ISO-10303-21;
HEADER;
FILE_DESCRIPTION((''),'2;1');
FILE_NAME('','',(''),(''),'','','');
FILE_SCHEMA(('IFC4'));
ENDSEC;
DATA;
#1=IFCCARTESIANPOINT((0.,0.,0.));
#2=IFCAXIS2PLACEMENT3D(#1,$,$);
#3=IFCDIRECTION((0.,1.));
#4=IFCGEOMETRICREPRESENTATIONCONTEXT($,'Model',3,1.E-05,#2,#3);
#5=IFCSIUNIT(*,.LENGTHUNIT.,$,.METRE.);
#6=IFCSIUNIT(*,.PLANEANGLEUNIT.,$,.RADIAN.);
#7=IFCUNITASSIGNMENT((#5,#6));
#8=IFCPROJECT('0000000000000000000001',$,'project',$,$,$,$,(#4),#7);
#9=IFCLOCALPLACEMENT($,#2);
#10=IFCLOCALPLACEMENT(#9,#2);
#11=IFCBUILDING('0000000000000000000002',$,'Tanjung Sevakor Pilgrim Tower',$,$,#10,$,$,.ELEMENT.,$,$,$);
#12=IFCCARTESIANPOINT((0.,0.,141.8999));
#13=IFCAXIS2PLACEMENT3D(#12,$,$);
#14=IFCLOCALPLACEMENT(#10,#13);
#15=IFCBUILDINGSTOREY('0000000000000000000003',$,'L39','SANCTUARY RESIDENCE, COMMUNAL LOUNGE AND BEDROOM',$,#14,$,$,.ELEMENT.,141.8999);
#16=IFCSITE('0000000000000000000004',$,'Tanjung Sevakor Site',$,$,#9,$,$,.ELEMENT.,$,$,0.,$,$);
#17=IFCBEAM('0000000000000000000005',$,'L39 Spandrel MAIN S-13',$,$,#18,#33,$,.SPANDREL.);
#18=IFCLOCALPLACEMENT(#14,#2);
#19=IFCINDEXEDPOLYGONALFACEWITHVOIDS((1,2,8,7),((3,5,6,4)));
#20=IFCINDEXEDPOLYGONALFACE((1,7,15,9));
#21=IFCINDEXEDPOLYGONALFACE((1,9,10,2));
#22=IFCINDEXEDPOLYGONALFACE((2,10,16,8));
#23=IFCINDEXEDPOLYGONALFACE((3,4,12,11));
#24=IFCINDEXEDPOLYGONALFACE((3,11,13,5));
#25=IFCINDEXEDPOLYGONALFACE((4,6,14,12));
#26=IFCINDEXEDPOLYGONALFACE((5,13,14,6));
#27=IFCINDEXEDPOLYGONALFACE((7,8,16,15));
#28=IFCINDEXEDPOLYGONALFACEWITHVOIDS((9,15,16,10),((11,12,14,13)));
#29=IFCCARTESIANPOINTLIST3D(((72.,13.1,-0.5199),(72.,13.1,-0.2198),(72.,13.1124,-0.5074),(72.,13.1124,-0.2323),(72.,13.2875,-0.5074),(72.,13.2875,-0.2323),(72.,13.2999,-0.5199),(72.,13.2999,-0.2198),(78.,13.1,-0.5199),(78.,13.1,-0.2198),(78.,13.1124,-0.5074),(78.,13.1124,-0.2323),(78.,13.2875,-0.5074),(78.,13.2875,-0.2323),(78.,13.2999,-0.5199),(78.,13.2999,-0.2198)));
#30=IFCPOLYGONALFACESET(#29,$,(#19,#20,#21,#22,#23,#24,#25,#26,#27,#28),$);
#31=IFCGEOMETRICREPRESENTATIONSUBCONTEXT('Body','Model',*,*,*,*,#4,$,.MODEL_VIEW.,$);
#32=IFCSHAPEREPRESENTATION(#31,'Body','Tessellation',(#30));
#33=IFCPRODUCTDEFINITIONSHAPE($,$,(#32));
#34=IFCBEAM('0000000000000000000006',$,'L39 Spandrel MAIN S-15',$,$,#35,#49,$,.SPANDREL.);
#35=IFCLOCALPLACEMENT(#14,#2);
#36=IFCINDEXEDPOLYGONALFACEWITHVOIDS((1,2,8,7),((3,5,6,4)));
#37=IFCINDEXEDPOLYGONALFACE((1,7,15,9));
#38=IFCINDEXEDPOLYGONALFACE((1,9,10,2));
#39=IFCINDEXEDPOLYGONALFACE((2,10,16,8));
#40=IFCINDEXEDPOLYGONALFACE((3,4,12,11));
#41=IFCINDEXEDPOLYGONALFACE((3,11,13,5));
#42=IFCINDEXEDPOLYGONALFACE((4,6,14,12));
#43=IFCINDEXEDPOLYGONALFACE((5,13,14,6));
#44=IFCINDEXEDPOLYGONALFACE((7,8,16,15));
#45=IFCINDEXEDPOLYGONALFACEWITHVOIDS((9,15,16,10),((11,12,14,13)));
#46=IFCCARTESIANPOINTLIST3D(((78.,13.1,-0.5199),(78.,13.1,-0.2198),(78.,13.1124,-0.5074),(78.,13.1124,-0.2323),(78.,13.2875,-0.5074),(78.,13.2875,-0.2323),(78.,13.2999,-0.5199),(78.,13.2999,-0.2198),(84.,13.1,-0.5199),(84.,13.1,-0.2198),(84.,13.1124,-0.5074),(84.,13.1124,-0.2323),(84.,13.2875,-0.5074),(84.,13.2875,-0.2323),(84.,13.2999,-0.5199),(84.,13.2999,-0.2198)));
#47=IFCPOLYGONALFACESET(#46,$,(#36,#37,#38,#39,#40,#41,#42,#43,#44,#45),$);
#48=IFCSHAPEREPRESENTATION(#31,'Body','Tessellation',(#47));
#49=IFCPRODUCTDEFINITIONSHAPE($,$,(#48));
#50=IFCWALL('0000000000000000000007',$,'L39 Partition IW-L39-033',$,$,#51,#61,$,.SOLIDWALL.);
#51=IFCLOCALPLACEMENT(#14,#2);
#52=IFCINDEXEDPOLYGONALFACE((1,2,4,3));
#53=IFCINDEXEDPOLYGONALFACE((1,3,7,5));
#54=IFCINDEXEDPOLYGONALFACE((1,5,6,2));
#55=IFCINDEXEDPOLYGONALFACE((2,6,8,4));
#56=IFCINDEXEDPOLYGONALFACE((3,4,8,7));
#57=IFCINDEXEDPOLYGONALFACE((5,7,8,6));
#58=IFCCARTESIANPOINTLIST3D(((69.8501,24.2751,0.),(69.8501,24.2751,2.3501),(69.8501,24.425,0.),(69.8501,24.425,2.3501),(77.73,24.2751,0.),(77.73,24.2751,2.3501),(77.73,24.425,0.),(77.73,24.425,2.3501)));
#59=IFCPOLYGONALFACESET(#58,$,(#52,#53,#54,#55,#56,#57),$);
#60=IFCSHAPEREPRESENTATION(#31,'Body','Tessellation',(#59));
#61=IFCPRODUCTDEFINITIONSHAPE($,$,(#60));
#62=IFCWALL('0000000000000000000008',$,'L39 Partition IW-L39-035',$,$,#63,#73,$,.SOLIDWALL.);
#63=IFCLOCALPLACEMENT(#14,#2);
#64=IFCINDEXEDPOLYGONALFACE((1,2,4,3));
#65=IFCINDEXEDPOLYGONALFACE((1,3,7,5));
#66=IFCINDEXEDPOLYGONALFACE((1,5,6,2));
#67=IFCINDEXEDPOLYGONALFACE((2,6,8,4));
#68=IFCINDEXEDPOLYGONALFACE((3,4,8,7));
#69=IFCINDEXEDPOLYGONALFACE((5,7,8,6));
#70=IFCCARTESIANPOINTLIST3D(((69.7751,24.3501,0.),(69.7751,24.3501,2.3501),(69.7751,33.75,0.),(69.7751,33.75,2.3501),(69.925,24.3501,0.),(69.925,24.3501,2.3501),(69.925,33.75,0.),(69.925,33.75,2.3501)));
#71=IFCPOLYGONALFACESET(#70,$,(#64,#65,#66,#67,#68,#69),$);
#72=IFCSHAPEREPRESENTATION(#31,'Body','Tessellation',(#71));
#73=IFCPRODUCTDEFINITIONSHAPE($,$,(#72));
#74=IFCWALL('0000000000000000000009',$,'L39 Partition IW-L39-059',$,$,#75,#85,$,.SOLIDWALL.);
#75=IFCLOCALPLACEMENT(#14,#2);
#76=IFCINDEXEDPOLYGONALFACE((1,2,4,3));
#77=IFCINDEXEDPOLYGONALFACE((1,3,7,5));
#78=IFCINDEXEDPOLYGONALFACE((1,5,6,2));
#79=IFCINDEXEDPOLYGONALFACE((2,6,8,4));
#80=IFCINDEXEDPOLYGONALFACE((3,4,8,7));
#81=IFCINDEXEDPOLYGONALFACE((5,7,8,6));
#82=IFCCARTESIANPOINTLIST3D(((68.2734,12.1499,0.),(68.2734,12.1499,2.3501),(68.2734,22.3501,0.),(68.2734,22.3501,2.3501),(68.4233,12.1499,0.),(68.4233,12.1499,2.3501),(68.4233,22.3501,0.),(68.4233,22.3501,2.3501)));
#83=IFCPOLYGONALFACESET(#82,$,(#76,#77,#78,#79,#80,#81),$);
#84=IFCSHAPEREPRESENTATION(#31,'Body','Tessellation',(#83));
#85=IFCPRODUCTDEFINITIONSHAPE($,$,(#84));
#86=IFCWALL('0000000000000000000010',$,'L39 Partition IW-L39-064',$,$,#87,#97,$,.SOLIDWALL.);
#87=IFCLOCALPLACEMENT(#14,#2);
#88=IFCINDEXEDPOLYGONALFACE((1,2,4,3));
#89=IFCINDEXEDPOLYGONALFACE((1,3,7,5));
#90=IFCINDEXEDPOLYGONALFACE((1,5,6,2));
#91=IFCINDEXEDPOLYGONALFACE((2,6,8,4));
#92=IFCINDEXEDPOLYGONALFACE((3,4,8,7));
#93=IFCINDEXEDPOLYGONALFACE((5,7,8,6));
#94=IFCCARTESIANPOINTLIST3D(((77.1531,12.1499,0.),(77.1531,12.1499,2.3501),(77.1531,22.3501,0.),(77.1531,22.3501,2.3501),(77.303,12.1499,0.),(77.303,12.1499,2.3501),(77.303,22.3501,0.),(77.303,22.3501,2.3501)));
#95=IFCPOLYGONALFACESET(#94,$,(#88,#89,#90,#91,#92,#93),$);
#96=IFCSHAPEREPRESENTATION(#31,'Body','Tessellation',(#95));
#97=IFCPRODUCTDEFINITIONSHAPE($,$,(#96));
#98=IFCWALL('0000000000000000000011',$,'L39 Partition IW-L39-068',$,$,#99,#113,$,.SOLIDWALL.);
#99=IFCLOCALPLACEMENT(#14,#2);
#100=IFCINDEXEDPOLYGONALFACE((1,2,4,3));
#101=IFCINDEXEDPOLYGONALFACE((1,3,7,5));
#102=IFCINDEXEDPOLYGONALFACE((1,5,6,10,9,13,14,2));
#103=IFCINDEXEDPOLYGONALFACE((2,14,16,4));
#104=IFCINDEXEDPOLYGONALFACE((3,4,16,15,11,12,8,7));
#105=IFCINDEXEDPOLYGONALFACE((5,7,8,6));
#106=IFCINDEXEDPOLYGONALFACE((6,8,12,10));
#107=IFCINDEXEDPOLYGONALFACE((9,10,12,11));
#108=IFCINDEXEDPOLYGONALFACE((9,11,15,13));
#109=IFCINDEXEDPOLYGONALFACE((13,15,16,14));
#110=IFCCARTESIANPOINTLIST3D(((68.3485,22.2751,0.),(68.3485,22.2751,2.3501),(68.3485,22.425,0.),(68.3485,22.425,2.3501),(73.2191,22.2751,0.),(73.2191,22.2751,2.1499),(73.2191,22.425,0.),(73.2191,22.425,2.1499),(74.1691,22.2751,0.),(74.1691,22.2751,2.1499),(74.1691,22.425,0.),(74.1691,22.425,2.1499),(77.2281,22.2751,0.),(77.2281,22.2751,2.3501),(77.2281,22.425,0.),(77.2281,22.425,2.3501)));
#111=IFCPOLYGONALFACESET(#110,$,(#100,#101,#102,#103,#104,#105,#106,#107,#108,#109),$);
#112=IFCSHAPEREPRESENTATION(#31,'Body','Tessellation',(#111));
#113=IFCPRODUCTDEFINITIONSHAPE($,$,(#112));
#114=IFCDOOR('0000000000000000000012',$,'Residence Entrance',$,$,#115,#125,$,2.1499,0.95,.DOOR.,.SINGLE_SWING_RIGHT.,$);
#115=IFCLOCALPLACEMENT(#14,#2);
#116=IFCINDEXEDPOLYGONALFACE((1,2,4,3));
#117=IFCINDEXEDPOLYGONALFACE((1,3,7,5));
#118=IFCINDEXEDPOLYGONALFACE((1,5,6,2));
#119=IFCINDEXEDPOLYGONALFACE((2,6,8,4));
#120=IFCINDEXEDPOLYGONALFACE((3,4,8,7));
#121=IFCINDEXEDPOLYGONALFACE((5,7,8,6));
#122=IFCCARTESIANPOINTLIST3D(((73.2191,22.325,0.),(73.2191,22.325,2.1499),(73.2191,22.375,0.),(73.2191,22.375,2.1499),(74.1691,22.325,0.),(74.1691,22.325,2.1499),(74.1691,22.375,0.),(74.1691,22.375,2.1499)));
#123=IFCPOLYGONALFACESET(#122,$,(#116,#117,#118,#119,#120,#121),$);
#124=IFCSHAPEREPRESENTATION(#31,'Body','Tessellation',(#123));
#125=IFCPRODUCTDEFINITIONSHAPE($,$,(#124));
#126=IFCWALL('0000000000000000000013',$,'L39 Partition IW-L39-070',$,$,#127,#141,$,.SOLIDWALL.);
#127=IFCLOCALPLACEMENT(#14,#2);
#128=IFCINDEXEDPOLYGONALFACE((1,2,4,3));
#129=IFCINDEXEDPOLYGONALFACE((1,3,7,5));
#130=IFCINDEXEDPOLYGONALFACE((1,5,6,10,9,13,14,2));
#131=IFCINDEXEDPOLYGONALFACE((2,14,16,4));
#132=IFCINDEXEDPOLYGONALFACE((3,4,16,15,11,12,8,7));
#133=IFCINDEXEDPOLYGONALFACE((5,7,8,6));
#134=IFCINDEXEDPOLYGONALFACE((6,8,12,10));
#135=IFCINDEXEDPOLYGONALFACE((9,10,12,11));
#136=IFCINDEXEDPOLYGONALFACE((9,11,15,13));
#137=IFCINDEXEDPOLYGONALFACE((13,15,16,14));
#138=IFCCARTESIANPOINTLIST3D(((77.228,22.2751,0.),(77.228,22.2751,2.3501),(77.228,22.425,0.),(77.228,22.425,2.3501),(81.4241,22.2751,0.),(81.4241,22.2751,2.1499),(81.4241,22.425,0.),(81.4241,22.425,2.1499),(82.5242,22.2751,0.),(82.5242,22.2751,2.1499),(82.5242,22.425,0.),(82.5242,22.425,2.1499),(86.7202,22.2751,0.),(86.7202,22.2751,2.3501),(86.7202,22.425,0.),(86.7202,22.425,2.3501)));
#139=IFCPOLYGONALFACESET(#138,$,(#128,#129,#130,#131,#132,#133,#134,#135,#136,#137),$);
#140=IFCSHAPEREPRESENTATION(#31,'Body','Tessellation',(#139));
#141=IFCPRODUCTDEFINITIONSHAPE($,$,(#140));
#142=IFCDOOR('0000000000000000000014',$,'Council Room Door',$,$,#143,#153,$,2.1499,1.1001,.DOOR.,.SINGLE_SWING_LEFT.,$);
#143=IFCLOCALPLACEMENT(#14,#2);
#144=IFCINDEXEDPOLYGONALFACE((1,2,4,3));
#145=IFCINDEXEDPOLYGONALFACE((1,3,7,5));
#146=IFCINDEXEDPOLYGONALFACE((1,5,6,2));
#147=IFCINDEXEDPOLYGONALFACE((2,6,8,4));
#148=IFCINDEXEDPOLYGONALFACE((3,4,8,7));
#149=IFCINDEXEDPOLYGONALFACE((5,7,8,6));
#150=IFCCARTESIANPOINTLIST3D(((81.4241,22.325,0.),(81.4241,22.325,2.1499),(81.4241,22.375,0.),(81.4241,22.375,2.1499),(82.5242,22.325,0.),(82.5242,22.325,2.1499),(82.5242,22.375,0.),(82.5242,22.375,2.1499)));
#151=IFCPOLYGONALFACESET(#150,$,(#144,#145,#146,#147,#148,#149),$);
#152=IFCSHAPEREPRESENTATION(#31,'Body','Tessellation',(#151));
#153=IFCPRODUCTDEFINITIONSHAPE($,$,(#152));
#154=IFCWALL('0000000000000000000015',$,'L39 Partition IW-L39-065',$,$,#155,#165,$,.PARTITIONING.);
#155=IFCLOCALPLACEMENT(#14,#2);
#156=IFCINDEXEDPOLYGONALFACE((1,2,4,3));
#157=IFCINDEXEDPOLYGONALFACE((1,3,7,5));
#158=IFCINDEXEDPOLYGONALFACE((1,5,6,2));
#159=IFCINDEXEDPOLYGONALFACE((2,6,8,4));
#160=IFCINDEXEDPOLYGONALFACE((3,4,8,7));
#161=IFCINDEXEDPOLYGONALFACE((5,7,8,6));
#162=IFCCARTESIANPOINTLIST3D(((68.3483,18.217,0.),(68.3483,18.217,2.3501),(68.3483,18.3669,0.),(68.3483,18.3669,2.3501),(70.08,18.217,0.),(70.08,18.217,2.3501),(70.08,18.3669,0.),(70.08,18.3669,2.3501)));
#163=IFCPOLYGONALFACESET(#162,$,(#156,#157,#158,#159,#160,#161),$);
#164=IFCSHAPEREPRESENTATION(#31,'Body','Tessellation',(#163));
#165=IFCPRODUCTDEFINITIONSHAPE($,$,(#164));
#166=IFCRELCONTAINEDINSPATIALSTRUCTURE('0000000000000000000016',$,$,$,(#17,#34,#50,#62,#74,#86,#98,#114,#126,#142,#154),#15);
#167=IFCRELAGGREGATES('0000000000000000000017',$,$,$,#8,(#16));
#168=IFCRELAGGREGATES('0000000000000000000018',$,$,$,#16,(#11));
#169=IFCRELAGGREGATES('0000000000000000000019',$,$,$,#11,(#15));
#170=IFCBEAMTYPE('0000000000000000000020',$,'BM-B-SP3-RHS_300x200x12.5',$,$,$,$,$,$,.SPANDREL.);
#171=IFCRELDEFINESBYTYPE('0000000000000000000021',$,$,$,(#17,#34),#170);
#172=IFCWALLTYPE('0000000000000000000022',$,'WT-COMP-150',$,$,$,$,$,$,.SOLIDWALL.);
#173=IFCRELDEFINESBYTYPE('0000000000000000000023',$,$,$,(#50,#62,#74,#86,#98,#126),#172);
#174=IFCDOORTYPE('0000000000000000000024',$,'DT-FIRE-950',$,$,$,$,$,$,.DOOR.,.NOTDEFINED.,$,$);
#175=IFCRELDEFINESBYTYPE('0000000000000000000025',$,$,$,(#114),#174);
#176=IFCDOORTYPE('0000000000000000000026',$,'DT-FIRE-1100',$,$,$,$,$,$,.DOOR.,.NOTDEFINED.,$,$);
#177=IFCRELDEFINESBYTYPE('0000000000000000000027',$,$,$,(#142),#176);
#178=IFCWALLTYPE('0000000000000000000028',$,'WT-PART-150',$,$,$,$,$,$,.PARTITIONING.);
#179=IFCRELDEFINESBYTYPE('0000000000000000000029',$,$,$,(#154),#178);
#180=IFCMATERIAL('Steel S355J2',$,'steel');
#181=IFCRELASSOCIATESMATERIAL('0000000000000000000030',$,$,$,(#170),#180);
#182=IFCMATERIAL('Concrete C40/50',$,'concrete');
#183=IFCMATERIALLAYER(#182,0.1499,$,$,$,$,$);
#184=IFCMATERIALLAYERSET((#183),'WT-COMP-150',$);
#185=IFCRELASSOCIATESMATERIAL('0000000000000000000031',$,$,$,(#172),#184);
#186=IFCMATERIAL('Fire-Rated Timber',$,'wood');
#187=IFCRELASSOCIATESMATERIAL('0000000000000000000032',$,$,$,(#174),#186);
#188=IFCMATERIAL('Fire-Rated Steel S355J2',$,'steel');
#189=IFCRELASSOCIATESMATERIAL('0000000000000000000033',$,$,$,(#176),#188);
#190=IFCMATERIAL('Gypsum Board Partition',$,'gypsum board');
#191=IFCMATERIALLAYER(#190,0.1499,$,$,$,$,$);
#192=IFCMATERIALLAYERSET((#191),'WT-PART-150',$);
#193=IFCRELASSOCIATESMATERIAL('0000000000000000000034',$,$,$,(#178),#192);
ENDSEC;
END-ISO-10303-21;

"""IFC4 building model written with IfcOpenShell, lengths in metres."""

from ifc_helpers import new_model, si_unit, direction, frame, frame_2d, origin, origin_2d, place, context, subcontext, project, spatial, rectangle, hollow_rectangle, extrude, material, layer, layer_set, material_profile, profile_set, type_object, element, fill, save


model = new_model("IFC4")

# Units and contexts
model_context = context("Model", 3, precision=1e-05, world=origin(), true_north=direction((0.0, 1.0)))
body_context = subcontext(model_context, "Body", "Model", "MODEL_VIEW")
ifc_project = project(units=[si_unit("LENGTHUNIT", "METRE"), si_unit("PLANEANGLEUNIT", "RADIAN")], contexts=[model_context])

# Site, building, storey
site_placement = place(None, origin())
site = spatial("IfcSite", under=ifc_project, at=site_placement, Name="Tanjung Sevakor Site", CompositionType="ELEMENT", RefElevation=0.0)
building_placement = place(site_placement, origin())
building = spatial("IfcBuilding", under=site, at=building_placement, Name="Tanjung Sevakor Pilgrim Tower", CompositionType="ELEMENT")
storey_placement = place(building_placement, frame((0.0, 0.0, 141.8999)))
storey = spatial("IfcBuildingStorey", under=building, at=storey_placement, Name="L39", Description="SANCTUARY RESIDENCE, COMMUNAL LOUNGE AND BEDROOM", CompositionType="ELEMENT", Elevation=141.8999)

# Beams
ifc_material_1 = material(Name="Steel S355J2", Category="steel")
ifc_material_profile_1 = material_profile(ifc_material_1, hollow_rectangle(XDim=0.2, YDim=0.3, WallThickness=0.0125, at=origin_2d()))
ifc_profile_set_1 = profile_set([ifc_material_profile_1], Name="Steel S355J2")
beam_type_1 = type_object("IfcBeamType", Name="BM-B-SP3-RHS_300x200x12.5", PredefinedType="SPANDREL", material=ifc_profile_set_1)
for number, where, z_axis, x_axis, name in (
    (1, (72.0, 13.2, -0.3699), (1.0, 0.0, 0.0), (0.0, 1.0, 0.0), "L39 Spandrel MAIN S-13"),
    (2, (78.0, 13.2, -0.3699), (1.0, 0.0, 0.0), (0.0, 1.0, 0.0), "L39 Spandrel MAIN S-15"),
):
    element("IfcBeam", number, at=place(storey_placement, frame(where, z_axis=z_axis, x_axis=x_axis)), inside=storey, type_object=beam_type_1, Name=name, PredefinedType="SPANDREL", context=body_context, shape_type="SweptSolid", body=[
        extrude(hollow_rectangle(XDim=0.2, YDim=0.3, WallThickness=0.0125, at=origin_2d()), origin(), (0.0, 0.0, 1.0), 6.0),
    ])

# Walls
ifc_material_2 = material(Name="Concrete C40/50", Category="concrete")
ifc_layer_1 = layer(ifc_material_2, 0.1499)
ifc_layer_set_1 = layer_set([ifc_layer_1], Name="WT-COMP-150")
wall_type_1 = type_object("IfcWallType", Name="WT-COMP-150", PredefinedType="SOLIDWALL", material=ifc_layer_set_1)
wall_1_placement = place(storey_placement, frame((69.8501, 24.3501, 0.0), z_axis=(0.0, 0.0, 1.0), x_axis=(1.0, 0.0, 0.0)))
element("IfcWall", 3, at=wall_1_placement, inside=storey, type_object=wall_type_1, Name="L39 Partition IW-L39-033", PredefinedType="SOLIDWALL", context=body_context, shape_type="SweptSolid", body=[
    extrude(rectangle(XDim=7.8799, YDim=0.1499, at=frame_2d((3.9399, 0.0))), origin(), (0.0, 0.0, 1.0), 2.3501),
])
wall_2_placement = place(storey_placement, frame((69.8501, 24.3501, 0.0), z_axis=(0.0, 0.0, 1.0), x_axis=(0.0, 1.0, 0.0)))
element("IfcWall", 4, at=wall_2_placement, inside=storey, type_object=wall_type_1, Name="L39 Partition IW-L39-035", PredefinedType="SOLIDWALL", context=body_context, shape_type="SweptSolid", body=[
    extrude(rectangle(XDim=9.3999, YDim=0.1499, at=frame_2d((4.7, 0.0))), origin(), (0.0, 0.0, 1.0), 2.3501),
])
for number, where, z_axis, x_axis, name in (
    (5, (68.3484, 12.1499, 0.0), (0.0, 0.0, 1.0), (0.0, 1.0, 0.0), "L39 Partition IW-L39-059"),
    (6, (77.228, 12.1499, 0.0), (0.0, 0.0, 1.0), (0.0, 1.0, 0.0), "L39 Partition IW-L39-064"),
):
    element("IfcWall", number, at=place(storey_placement, frame(where, z_axis=z_axis, x_axis=x_axis)), inside=storey, type_object=wall_type_1, Name=name, PredefinedType="SOLIDWALL", context=body_context, shape_type="SweptSolid", body=[
        extrude(rectangle(XDim=10.2002, YDim=0.1499, at=frame_2d((5.1001, 0.0))), origin(), (0.0, 0.0, 1.0), 2.3501),
    ])

# Walls, openings, doors
wall_3_placement = place(storey_placement, frame((68.3484, 22.3501, 0.0), z_axis=(0.0, 0.0, 1.0), x_axis=(1.0, 0.0, 0.0)))
wall_3 = element("IfcWall", 7, at=wall_3_placement, inside=storey, type_object=wall_type_1, Name="L39 Partition IW-L39-068", PredefinedType="SOLIDWALL", context=body_context, shape_type="SweptSolid", body=[
    extrude(rectangle(XDim=8.8796, YDim=0.1499, at=frame_2d((4.4399, 0.0))), origin(), (0.0, 0.0, 1.0), 2.3501),
])
opening_1_placement = place(wall_3_placement, frame((4.8706, 0.0, 0.0)))
opening_1 = element("IfcOpeningElement", 8, at=opening_1_placement, cuts=wall_3, PredefinedType="OPENING", context=body_context, shape_type="SweptSolid", body=[
    extrude(rectangle(XDim=0.95, YDim=2.1499, at=frame_2d((0.4751, 1.075))), frame((0.0, 0.085, 0.0), z_axis=(0.0, -1.0, 0.0), x_axis=(1.0, 0.0, 0.0)), (0.0, 0.0, 1.0), 0.1699),
])
ifc_material_3 = material(Name="Fire-Rated Timber", Category="wood")
door_type_1 = type_object("IfcDoorType", Name="DT-FIRE-950", OperationType="NOTDEFINED", PredefinedType="DOOR", material=ifc_material_3)
door_1_placement = place(opening_1_placement, origin())
door_1 = element("IfcDoor", 9, at=door_1_placement, inside=storey, type_object=door_type_1, Name="Residence Entrance", OperationType="SINGLE_SWING_RIGHT", OverallHeight=2.1499, OverallWidth=0.95, PredefinedType="DOOR", context=body_context, shape_type="SweptSolid", body=[
    extrude(rectangle(XDim=0.95, YDim=2.1499, at=frame_2d((0.4751, 1.075))), frame((0.0, 0.0249, 0.0), z_axis=(0.0, -1.0, 0.0), x_axis=(1.0, 0.0, 0.0)), (0.0, 0.0, 1.0), 0.05),
])
fill(opening_1, door_1)
wall_4_placement = place(storey_placement, frame((77.228, 22.3501, 0.0), z_axis=(0.0, 0.0, 1.0), x_axis=(1.0, 0.0, 0.0)))
wall_4 = element("IfcWall", 10, at=wall_4_placement, inside=storey, type_object=wall_type_1, Name="L39 Partition IW-L39-070", PredefinedType="SOLIDWALL", context=body_context, shape_type="SweptSolid", body=[
    extrude(rectangle(XDim=9.4922, YDim=0.1499, at=frame_2d((4.7461, 0.0))), origin(), (0.0, 0.0, 1.0), 2.3501),
])
opening_2_placement = place(wall_4_placement, frame((4.196, 0.0, 0.0)))
opening_2 = element("IfcOpeningElement", 11, at=opening_2_placement, cuts=wall_4, PredefinedType="OPENING", context=body_context, shape_type="SweptSolid", body=[
    extrude(rectangle(XDim=1.1001, YDim=2.1499, at=frame_2d((0.55, 1.075))), frame((0.0, 0.085, 0.0), z_axis=(0.0, -1.0, 0.0), x_axis=(1.0, 0.0, 0.0)), (0.0, 0.0, 1.0), 0.1699),
])
ifc_material_4 = material(Name="Fire-Rated Steel S355J2", Category="steel")
door_type_2 = type_object("IfcDoorType", Name="DT-FIRE-1100", OperationType="NOTDEFINED", PredefinedType="DOOR", material=ifc_material_4)
door_2_placement = place(opening_2_placement, origin())
door_2 = element("IfcDoor", 12, at=door_2_placement, inside=storey, type_object=door_type_2, Name="Council Room Door", OperationType="SINGLE_SWING_LEFT", OverallHeight=2.1499, OverallWidth=1.1001, PredefinedType="DOOR", context=body_context, shape_type="SweptSolid", body=[
    extrude(rectangle(XDim=1.1001, YDim=2.1499, at=frame_2d((0.55, 1.075))), frame((0.0, 0.0249, 0.0), z_axis=(0.0, -1.0, 0.0), x_axis=(1.0, 0.0, 0.0)), (0.0, 0.0, 1.0), 0.05),
])
fill(opening_2, door_2)

# Wall
ifc_material_5 = material(Name="Gypsum Board Partition", Category="gypsum board")
ifc_layer_2 = layer(ifc_material_5, 0.1499)
ifc_layer_set_2 = layer_set([ifc_layer_2], Name="WT-PART-150")
wall_type_2 = type_object("IfcWallType", Name="WT-PART-150", PredefinedType="PARTITIONING", material=ifc_layer_set_2)
wall_5_placement = place(storey_placement, frame((68.3484, 18.292, 0.0), z_axis=(0.0, 0.0, 1.0), x_axis=(1.0, 0.0, 0.0)))
element("IfcWall", 13, at=wall_5_placement, inside=storey, type_object=wall_type_2, Name="L39 Partition IW-L39-065", PredefinedType="PARTITIONING", context=body_context, shape_type="SweptSolid", body=[
    extrude(rectangle(XDim=1.7317, YDim=0.1499, at=frame_2d((0.8657, 0.0))), origin(), (0.0, 0.0, 1.0), 2.3501),
])

save(model, "model.ifc")
